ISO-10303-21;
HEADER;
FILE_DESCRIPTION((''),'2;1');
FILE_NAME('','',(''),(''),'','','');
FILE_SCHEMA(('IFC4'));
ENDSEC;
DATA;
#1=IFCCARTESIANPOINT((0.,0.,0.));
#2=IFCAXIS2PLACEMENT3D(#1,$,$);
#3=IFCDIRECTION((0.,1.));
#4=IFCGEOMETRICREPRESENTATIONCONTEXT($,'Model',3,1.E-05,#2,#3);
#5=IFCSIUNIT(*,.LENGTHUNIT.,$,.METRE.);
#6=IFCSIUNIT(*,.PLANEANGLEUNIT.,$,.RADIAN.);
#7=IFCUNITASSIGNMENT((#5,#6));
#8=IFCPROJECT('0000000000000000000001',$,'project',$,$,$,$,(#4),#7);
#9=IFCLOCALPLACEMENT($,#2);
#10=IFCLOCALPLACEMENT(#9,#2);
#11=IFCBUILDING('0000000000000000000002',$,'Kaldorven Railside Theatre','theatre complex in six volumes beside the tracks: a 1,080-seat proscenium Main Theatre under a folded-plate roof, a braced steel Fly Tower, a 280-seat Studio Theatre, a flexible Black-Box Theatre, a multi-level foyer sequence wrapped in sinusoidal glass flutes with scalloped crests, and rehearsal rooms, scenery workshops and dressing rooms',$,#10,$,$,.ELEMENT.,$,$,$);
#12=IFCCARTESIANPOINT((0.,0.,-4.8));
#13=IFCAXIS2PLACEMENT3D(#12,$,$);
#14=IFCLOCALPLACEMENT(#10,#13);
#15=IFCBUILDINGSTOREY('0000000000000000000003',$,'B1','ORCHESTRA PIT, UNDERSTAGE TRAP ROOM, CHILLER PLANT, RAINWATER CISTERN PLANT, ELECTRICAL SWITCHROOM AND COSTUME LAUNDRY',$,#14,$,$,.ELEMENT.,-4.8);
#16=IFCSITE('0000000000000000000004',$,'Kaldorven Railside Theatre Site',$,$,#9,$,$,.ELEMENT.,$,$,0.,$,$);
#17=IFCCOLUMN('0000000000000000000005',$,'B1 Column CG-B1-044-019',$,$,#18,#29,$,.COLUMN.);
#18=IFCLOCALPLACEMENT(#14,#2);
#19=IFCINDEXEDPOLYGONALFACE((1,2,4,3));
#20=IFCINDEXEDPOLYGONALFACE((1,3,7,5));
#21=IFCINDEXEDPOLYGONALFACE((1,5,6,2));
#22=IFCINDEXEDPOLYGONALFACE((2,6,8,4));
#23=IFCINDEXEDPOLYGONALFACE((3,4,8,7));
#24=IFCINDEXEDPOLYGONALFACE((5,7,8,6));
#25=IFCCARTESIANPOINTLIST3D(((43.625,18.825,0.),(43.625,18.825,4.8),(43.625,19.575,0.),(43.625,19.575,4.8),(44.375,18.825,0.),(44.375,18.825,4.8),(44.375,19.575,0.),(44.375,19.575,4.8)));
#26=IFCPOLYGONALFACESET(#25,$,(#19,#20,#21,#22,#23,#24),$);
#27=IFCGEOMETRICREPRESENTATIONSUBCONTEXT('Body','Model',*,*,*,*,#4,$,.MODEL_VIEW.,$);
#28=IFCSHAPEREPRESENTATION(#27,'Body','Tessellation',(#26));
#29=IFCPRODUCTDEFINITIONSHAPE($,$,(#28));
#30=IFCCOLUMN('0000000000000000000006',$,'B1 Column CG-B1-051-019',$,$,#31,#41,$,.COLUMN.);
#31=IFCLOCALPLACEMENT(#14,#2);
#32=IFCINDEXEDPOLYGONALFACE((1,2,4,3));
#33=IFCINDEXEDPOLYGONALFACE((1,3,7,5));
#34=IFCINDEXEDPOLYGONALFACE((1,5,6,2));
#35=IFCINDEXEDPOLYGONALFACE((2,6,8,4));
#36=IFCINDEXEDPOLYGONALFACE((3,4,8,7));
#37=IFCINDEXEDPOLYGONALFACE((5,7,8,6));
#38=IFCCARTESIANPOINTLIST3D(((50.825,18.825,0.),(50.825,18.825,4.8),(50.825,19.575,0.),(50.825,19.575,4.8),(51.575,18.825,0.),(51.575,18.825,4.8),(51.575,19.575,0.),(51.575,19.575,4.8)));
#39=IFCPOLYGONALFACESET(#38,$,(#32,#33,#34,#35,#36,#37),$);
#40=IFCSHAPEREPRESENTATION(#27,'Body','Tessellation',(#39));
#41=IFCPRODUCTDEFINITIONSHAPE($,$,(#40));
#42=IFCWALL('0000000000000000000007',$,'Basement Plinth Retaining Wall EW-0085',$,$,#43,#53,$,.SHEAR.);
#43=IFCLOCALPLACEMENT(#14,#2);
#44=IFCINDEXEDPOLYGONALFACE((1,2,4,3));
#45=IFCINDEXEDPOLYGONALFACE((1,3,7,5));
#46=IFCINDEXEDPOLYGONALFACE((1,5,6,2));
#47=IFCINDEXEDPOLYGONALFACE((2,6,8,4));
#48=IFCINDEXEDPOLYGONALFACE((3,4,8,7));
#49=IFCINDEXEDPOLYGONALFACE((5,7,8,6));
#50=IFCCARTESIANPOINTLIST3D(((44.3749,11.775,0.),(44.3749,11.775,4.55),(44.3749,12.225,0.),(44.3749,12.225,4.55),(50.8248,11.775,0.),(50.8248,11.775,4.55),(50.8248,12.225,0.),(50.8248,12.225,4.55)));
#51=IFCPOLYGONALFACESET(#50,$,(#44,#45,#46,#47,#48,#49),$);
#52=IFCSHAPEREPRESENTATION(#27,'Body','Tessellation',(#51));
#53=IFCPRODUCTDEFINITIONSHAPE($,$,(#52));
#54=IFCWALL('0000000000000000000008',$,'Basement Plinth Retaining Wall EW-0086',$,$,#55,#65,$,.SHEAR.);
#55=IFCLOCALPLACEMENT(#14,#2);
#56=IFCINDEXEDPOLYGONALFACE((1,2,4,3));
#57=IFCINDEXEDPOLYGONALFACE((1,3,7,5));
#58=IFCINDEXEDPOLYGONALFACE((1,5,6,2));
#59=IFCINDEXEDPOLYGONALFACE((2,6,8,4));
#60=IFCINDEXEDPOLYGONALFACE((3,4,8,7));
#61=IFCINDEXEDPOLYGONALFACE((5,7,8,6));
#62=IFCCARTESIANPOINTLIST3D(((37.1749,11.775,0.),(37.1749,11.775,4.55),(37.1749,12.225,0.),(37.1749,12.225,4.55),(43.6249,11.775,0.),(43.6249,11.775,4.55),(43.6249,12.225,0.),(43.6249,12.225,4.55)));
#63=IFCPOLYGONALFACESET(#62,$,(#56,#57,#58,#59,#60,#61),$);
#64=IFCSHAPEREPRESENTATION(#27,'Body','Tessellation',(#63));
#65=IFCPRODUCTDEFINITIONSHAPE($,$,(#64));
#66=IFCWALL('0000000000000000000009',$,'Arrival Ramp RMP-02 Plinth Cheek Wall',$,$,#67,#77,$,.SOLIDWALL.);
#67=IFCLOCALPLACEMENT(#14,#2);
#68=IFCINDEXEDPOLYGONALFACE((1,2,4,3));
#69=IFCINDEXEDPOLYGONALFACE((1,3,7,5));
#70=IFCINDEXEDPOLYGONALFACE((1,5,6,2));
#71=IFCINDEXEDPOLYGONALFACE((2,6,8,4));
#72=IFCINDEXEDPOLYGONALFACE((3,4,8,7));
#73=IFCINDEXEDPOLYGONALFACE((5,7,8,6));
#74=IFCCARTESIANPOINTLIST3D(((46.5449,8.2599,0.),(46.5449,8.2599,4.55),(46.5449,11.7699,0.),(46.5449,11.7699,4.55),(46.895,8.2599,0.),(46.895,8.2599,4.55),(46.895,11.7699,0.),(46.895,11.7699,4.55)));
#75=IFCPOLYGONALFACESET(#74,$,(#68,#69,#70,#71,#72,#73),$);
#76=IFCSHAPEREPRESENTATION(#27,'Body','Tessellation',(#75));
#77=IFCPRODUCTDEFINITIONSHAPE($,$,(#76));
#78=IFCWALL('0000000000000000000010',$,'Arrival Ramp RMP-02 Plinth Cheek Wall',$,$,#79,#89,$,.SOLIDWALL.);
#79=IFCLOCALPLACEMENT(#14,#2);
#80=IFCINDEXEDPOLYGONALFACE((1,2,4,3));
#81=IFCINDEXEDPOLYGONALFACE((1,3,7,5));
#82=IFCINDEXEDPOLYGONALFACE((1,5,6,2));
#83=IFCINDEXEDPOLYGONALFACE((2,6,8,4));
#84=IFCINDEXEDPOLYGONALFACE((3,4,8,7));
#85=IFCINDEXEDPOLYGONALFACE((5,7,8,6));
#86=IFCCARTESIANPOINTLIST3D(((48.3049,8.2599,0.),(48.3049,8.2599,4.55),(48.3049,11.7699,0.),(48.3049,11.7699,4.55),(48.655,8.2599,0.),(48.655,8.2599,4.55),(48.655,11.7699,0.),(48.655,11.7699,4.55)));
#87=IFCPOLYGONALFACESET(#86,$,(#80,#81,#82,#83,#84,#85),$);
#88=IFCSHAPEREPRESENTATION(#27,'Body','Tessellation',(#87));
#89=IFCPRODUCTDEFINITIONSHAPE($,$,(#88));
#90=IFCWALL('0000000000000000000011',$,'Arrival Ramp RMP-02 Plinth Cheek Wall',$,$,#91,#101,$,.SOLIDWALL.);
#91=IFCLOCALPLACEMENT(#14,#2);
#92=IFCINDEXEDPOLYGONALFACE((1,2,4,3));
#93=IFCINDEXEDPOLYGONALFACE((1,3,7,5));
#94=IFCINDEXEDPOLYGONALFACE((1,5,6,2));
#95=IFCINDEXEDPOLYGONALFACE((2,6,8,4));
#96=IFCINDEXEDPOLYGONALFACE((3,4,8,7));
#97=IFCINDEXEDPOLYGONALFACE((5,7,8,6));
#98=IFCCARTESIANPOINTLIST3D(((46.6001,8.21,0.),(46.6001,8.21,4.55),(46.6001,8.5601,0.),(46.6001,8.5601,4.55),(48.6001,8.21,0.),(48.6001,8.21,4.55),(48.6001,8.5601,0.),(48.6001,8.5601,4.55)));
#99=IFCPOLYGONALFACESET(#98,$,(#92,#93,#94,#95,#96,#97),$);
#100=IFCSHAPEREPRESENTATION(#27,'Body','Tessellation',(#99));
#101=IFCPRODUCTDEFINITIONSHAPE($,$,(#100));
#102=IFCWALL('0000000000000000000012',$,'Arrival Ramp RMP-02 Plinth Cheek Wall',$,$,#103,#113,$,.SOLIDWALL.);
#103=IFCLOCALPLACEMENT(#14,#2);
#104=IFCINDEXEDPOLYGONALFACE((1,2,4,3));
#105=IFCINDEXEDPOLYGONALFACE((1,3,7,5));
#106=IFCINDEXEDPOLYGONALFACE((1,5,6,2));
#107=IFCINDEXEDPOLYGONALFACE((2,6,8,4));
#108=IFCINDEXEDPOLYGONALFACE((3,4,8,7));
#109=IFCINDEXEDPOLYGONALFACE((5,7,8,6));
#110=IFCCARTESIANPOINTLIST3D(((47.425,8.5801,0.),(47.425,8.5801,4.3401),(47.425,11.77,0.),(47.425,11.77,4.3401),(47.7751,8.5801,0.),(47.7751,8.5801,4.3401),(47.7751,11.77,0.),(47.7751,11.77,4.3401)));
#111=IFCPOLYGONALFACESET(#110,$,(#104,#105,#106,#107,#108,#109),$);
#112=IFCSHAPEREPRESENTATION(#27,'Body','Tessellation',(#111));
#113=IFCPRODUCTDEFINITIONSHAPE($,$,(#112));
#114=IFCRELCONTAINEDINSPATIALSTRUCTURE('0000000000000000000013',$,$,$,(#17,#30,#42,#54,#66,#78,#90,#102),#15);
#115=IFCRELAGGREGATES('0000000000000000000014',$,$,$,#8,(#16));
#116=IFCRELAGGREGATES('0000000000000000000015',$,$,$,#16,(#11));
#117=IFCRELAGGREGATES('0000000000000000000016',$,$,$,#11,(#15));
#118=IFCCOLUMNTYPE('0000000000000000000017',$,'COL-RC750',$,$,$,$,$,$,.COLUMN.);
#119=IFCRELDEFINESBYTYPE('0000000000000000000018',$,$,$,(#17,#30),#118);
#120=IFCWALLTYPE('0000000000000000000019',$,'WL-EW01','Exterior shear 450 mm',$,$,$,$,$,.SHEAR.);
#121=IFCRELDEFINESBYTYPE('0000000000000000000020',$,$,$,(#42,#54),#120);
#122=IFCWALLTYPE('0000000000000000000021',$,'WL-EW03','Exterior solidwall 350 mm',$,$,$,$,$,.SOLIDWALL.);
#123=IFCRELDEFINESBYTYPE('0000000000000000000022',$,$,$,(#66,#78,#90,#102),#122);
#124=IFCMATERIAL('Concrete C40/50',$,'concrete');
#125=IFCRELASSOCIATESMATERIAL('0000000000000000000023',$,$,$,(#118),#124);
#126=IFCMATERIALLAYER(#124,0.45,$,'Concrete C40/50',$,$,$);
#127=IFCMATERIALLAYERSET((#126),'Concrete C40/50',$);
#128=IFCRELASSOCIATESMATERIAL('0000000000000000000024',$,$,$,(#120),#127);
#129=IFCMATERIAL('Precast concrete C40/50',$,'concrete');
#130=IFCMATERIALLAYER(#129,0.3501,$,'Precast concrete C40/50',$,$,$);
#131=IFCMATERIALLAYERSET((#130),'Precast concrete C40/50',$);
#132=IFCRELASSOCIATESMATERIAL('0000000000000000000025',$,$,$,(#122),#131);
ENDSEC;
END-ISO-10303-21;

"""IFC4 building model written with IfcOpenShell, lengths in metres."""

from ifc_helpers import new_model, si_unit, direction, frame, frame_2d, origin, origin_2d, place, context, subcontext, project, spatial, rectangle, extrude, material, layer, layer_set, material_profile, profile_set, type_object, element, save


model = new_model("IFC4")

# Units and contexts
model_context = context("Model", 3, precision=1e-05, world=origin(), true_north=direction((0.0, 1.0)))
body_context = subcontext(model_context, "Body", "Model", "MODEL_VIEW")
ifc_project = project(units=[si_unit("LENGTHUNIT", "METRE"), si_unit("PLANEANGLEUNIT", "RADIAN")], contexts=[model_context])

# Site, building, storey
site_placement = place(None, origin())
site = spatial("IfcSite", under=ifc_project, at=site_placement, Name="Kaldorven Railside Theatre Site", CompositionType="ELEMENT", RefElevation=0.0)
building_placement = place(site_placement, origin())
building = spatial("IfcBuilding", under=site, at=building_placement, Name="Kaldorven Railside Theatre", Description="theatre complex in six volumes beside the tracks: a 1,080-seat proscenium Main Theatre under a folded-plate roof, a braced steel Fly Tower, a 280-seat Studio Theatre, a flexible Black-Box Theatre, a multi-level foyer sequence wrapped in sinusoidal glass flutes with scalloped crests, and rehearsal rooms, scenery workshops and dressing rooms", CompositionType="ELEMENT")
storey_placement = place(building_placement, frame((0.0, 0.0, -4.8)))
storey = spatial("IfcBuildingStorey", under=building, at=storey_placement, Name="B1", Description="ORCHESTRA PIT, UNDERSTAGE TRAP ROOM, CHILLER PLANT, RAINWATER CISTERN PLANT, ELECTRICAL SWITCHROOM AND COSTUME LAUNDRY", CompositionType="ELEMENT", Elevation=-4.8)

# Shared definitions
ifc_material_1 = material(Name="Concrete C40/50", Category="concrete")

# Columns
ifc_material_profile_1 = material_profile(ifc_material_1, rectangle(XDim=0.75, YDim=0.75, at=origin_2d()), Name="RC 750x750")
ifc_profile_set_1 = profile_set([ifc_material_profile_1], Name="Concrete C40/50")
column_type_1 = type_object("IfcColumnType", Name="COL-RC750", PredefinedType="COLUMN", material=ifc_profile_set_1)
for number, where, z_axis, x_axis, name in (
    (1, (44.0, 19.2, 0.0), (0.0, 0.0, 1.0), (0.0, 1.0, 0.0), "B1 Column CG-B1-044-019"),
    (2, (51.2, 19.2, 0.0), (0.0, 0.0, 1.0), (1.0, 0.0, 0.0), "B1 Column CG-B1-051-019"),
):
    element("IfcColumn", number, at=place(storey_placement, frame(where, z_axis=z_axis, x_axis=x_axis)), inside=storey, type_object=column_type_1, Name=name, PredefinedType="COLUMN", context=body_context, shape_type="SweptSolid", body=[
        extrude(rectangle(XDim=0.75, YDim=0.75, at=origin_2d()), origin(), (0.0, 0.0, 1.0), 4.8),
    ])

# Walls
ifc_layer_1 = layer(ifc_material_1, 0.45, Name="Concrete C40/50")
ifc_layer_set_1 = layer_set([ifc_layer_1], Name="Concrete C40/50")
wall_type_1 = type_object("IfcWallType", Name="WL-EW01", Description="Exterior shear 450 mm", PredefinedType="SHEAR", material=ifc_layer_set_1)
for number, where, z_axis, x_axis, name in (
    (3, (50.825, 12.0, 0.0), (0.0, 0.0, 1.0), (-1.0, 0.0, 0.0), "Basement Plinth Retaining Wall EW-0085"),
    (4, (43.625, 12.0, 0.0), (0.0, 0.0, 1.0), (-1.0, 0.0, 0.0), "Basement Plinth Retaining Wall EW-0086"),
):
    element("IfcWall", number, at=place(storey_placement, frame(where, z_axis=z_axis, x_axis=x_axis)), inside=storey, type_object=wall_type_1, Name=name, PredefinedType="SHEAR", context=body_context, shape_type="SweptSolid", body=[
        extrude(rectangle(XDim=6.45, YDim=0.45, at=frame_2d((3.2251, 0.0))), origin(), (0.0, 0.0, 1.0), 4.55),
    ])
ifc_material_2 = material(Name="Precast concrete C40/50", Category="concrete")
ifc_layer_2 = layer(ifc_material_2, 0.3501, Name="Precast concrete C40/50")
ifc_layer_set_2 = layer_set([ifc_layer_2], Name="Precast concrete C40/50")
wall_type_2 = type_object("IfcWallType", Name="WL-EW03", Description="Exterior solidwall 350 mm", PredefinedType="SOLIDWALL", material=ifc_layer_set_2)
for number, where, z_axis, x_axis, name in (
    (5, (46.72, 8.26, 0.0), (0.0, 0.0, 1.0), (0.0, 1.0, 0.0), "Arrival Ramp RMP-02 Plinth Cheek Wall"),
    (6, (48.48, 8.26, 0.0), (0.0, 0.0, 1.0), (0.0, 1.0, 0.0), "Arrival Ramp RMP-02 Plinth Cheek Wall"),
):
    element("IfcWall", number, at=place(storey_placement, frame(where, z_axis=z_axis, x_axis=x_axis)), inside=storey, type_object=wall_type_2, Name=name, PredefinedType="SOLIDWALL", context=body_context, shape_type="SweptSolid", body=[
        extrude(rectangle(XDim=3.51, YDim=0.3501, at=frame_2d((1.7549, 0.0))), origin(), (0.0, 0.0, 1.0), 4.55),
    ])
wall_1_placement = place(storey_placement, frame((46.6001, 8.385, 0.0), z_axis=(0.0, 0.0, 1.0), x_axis=(1.0, 0.0, 0.0)))
element("IfcWall", 7, at=wall_1_placement, inside=storey, type_object=wall_type_2, Name="Arrival Ramp RMP-02 Plinth Cheek Wall", PredefinedType="SOLIDWALL", context=body_context, shape_type="SweptSolid", body=[
    extrude(rectangle(XDim=2.0, YDim=0.3501, at=frame_2d((1.0, 0.0))), origin(), (0.0, 0.0, 1.0), 4.55),
])
wall_2_placement = place(storey_placement, frame((47.6001, 8.5801, 0.0), z_axis=(0.0, 0.0, 1.0), x_axis=(0.0, 1.0, 0.0)))
element("IfcWall", 8, at=wall_2_placement, inside=storey, type_object=wall_type_2, Name="Arrival Ramp RMP-02 Plinth Cheek Wall", PredefinedType="SOLIDWALL", context=body_context, shape_type="SweptSolid", body=[
    extrude(rectangle(XDim=3.1899, YDim=0.3501, at=frame_2d((1.595, 0.0))), origin(), (0.0, 0.0, 1.0), 4.3401),
])

save(model, "model.ifc")
